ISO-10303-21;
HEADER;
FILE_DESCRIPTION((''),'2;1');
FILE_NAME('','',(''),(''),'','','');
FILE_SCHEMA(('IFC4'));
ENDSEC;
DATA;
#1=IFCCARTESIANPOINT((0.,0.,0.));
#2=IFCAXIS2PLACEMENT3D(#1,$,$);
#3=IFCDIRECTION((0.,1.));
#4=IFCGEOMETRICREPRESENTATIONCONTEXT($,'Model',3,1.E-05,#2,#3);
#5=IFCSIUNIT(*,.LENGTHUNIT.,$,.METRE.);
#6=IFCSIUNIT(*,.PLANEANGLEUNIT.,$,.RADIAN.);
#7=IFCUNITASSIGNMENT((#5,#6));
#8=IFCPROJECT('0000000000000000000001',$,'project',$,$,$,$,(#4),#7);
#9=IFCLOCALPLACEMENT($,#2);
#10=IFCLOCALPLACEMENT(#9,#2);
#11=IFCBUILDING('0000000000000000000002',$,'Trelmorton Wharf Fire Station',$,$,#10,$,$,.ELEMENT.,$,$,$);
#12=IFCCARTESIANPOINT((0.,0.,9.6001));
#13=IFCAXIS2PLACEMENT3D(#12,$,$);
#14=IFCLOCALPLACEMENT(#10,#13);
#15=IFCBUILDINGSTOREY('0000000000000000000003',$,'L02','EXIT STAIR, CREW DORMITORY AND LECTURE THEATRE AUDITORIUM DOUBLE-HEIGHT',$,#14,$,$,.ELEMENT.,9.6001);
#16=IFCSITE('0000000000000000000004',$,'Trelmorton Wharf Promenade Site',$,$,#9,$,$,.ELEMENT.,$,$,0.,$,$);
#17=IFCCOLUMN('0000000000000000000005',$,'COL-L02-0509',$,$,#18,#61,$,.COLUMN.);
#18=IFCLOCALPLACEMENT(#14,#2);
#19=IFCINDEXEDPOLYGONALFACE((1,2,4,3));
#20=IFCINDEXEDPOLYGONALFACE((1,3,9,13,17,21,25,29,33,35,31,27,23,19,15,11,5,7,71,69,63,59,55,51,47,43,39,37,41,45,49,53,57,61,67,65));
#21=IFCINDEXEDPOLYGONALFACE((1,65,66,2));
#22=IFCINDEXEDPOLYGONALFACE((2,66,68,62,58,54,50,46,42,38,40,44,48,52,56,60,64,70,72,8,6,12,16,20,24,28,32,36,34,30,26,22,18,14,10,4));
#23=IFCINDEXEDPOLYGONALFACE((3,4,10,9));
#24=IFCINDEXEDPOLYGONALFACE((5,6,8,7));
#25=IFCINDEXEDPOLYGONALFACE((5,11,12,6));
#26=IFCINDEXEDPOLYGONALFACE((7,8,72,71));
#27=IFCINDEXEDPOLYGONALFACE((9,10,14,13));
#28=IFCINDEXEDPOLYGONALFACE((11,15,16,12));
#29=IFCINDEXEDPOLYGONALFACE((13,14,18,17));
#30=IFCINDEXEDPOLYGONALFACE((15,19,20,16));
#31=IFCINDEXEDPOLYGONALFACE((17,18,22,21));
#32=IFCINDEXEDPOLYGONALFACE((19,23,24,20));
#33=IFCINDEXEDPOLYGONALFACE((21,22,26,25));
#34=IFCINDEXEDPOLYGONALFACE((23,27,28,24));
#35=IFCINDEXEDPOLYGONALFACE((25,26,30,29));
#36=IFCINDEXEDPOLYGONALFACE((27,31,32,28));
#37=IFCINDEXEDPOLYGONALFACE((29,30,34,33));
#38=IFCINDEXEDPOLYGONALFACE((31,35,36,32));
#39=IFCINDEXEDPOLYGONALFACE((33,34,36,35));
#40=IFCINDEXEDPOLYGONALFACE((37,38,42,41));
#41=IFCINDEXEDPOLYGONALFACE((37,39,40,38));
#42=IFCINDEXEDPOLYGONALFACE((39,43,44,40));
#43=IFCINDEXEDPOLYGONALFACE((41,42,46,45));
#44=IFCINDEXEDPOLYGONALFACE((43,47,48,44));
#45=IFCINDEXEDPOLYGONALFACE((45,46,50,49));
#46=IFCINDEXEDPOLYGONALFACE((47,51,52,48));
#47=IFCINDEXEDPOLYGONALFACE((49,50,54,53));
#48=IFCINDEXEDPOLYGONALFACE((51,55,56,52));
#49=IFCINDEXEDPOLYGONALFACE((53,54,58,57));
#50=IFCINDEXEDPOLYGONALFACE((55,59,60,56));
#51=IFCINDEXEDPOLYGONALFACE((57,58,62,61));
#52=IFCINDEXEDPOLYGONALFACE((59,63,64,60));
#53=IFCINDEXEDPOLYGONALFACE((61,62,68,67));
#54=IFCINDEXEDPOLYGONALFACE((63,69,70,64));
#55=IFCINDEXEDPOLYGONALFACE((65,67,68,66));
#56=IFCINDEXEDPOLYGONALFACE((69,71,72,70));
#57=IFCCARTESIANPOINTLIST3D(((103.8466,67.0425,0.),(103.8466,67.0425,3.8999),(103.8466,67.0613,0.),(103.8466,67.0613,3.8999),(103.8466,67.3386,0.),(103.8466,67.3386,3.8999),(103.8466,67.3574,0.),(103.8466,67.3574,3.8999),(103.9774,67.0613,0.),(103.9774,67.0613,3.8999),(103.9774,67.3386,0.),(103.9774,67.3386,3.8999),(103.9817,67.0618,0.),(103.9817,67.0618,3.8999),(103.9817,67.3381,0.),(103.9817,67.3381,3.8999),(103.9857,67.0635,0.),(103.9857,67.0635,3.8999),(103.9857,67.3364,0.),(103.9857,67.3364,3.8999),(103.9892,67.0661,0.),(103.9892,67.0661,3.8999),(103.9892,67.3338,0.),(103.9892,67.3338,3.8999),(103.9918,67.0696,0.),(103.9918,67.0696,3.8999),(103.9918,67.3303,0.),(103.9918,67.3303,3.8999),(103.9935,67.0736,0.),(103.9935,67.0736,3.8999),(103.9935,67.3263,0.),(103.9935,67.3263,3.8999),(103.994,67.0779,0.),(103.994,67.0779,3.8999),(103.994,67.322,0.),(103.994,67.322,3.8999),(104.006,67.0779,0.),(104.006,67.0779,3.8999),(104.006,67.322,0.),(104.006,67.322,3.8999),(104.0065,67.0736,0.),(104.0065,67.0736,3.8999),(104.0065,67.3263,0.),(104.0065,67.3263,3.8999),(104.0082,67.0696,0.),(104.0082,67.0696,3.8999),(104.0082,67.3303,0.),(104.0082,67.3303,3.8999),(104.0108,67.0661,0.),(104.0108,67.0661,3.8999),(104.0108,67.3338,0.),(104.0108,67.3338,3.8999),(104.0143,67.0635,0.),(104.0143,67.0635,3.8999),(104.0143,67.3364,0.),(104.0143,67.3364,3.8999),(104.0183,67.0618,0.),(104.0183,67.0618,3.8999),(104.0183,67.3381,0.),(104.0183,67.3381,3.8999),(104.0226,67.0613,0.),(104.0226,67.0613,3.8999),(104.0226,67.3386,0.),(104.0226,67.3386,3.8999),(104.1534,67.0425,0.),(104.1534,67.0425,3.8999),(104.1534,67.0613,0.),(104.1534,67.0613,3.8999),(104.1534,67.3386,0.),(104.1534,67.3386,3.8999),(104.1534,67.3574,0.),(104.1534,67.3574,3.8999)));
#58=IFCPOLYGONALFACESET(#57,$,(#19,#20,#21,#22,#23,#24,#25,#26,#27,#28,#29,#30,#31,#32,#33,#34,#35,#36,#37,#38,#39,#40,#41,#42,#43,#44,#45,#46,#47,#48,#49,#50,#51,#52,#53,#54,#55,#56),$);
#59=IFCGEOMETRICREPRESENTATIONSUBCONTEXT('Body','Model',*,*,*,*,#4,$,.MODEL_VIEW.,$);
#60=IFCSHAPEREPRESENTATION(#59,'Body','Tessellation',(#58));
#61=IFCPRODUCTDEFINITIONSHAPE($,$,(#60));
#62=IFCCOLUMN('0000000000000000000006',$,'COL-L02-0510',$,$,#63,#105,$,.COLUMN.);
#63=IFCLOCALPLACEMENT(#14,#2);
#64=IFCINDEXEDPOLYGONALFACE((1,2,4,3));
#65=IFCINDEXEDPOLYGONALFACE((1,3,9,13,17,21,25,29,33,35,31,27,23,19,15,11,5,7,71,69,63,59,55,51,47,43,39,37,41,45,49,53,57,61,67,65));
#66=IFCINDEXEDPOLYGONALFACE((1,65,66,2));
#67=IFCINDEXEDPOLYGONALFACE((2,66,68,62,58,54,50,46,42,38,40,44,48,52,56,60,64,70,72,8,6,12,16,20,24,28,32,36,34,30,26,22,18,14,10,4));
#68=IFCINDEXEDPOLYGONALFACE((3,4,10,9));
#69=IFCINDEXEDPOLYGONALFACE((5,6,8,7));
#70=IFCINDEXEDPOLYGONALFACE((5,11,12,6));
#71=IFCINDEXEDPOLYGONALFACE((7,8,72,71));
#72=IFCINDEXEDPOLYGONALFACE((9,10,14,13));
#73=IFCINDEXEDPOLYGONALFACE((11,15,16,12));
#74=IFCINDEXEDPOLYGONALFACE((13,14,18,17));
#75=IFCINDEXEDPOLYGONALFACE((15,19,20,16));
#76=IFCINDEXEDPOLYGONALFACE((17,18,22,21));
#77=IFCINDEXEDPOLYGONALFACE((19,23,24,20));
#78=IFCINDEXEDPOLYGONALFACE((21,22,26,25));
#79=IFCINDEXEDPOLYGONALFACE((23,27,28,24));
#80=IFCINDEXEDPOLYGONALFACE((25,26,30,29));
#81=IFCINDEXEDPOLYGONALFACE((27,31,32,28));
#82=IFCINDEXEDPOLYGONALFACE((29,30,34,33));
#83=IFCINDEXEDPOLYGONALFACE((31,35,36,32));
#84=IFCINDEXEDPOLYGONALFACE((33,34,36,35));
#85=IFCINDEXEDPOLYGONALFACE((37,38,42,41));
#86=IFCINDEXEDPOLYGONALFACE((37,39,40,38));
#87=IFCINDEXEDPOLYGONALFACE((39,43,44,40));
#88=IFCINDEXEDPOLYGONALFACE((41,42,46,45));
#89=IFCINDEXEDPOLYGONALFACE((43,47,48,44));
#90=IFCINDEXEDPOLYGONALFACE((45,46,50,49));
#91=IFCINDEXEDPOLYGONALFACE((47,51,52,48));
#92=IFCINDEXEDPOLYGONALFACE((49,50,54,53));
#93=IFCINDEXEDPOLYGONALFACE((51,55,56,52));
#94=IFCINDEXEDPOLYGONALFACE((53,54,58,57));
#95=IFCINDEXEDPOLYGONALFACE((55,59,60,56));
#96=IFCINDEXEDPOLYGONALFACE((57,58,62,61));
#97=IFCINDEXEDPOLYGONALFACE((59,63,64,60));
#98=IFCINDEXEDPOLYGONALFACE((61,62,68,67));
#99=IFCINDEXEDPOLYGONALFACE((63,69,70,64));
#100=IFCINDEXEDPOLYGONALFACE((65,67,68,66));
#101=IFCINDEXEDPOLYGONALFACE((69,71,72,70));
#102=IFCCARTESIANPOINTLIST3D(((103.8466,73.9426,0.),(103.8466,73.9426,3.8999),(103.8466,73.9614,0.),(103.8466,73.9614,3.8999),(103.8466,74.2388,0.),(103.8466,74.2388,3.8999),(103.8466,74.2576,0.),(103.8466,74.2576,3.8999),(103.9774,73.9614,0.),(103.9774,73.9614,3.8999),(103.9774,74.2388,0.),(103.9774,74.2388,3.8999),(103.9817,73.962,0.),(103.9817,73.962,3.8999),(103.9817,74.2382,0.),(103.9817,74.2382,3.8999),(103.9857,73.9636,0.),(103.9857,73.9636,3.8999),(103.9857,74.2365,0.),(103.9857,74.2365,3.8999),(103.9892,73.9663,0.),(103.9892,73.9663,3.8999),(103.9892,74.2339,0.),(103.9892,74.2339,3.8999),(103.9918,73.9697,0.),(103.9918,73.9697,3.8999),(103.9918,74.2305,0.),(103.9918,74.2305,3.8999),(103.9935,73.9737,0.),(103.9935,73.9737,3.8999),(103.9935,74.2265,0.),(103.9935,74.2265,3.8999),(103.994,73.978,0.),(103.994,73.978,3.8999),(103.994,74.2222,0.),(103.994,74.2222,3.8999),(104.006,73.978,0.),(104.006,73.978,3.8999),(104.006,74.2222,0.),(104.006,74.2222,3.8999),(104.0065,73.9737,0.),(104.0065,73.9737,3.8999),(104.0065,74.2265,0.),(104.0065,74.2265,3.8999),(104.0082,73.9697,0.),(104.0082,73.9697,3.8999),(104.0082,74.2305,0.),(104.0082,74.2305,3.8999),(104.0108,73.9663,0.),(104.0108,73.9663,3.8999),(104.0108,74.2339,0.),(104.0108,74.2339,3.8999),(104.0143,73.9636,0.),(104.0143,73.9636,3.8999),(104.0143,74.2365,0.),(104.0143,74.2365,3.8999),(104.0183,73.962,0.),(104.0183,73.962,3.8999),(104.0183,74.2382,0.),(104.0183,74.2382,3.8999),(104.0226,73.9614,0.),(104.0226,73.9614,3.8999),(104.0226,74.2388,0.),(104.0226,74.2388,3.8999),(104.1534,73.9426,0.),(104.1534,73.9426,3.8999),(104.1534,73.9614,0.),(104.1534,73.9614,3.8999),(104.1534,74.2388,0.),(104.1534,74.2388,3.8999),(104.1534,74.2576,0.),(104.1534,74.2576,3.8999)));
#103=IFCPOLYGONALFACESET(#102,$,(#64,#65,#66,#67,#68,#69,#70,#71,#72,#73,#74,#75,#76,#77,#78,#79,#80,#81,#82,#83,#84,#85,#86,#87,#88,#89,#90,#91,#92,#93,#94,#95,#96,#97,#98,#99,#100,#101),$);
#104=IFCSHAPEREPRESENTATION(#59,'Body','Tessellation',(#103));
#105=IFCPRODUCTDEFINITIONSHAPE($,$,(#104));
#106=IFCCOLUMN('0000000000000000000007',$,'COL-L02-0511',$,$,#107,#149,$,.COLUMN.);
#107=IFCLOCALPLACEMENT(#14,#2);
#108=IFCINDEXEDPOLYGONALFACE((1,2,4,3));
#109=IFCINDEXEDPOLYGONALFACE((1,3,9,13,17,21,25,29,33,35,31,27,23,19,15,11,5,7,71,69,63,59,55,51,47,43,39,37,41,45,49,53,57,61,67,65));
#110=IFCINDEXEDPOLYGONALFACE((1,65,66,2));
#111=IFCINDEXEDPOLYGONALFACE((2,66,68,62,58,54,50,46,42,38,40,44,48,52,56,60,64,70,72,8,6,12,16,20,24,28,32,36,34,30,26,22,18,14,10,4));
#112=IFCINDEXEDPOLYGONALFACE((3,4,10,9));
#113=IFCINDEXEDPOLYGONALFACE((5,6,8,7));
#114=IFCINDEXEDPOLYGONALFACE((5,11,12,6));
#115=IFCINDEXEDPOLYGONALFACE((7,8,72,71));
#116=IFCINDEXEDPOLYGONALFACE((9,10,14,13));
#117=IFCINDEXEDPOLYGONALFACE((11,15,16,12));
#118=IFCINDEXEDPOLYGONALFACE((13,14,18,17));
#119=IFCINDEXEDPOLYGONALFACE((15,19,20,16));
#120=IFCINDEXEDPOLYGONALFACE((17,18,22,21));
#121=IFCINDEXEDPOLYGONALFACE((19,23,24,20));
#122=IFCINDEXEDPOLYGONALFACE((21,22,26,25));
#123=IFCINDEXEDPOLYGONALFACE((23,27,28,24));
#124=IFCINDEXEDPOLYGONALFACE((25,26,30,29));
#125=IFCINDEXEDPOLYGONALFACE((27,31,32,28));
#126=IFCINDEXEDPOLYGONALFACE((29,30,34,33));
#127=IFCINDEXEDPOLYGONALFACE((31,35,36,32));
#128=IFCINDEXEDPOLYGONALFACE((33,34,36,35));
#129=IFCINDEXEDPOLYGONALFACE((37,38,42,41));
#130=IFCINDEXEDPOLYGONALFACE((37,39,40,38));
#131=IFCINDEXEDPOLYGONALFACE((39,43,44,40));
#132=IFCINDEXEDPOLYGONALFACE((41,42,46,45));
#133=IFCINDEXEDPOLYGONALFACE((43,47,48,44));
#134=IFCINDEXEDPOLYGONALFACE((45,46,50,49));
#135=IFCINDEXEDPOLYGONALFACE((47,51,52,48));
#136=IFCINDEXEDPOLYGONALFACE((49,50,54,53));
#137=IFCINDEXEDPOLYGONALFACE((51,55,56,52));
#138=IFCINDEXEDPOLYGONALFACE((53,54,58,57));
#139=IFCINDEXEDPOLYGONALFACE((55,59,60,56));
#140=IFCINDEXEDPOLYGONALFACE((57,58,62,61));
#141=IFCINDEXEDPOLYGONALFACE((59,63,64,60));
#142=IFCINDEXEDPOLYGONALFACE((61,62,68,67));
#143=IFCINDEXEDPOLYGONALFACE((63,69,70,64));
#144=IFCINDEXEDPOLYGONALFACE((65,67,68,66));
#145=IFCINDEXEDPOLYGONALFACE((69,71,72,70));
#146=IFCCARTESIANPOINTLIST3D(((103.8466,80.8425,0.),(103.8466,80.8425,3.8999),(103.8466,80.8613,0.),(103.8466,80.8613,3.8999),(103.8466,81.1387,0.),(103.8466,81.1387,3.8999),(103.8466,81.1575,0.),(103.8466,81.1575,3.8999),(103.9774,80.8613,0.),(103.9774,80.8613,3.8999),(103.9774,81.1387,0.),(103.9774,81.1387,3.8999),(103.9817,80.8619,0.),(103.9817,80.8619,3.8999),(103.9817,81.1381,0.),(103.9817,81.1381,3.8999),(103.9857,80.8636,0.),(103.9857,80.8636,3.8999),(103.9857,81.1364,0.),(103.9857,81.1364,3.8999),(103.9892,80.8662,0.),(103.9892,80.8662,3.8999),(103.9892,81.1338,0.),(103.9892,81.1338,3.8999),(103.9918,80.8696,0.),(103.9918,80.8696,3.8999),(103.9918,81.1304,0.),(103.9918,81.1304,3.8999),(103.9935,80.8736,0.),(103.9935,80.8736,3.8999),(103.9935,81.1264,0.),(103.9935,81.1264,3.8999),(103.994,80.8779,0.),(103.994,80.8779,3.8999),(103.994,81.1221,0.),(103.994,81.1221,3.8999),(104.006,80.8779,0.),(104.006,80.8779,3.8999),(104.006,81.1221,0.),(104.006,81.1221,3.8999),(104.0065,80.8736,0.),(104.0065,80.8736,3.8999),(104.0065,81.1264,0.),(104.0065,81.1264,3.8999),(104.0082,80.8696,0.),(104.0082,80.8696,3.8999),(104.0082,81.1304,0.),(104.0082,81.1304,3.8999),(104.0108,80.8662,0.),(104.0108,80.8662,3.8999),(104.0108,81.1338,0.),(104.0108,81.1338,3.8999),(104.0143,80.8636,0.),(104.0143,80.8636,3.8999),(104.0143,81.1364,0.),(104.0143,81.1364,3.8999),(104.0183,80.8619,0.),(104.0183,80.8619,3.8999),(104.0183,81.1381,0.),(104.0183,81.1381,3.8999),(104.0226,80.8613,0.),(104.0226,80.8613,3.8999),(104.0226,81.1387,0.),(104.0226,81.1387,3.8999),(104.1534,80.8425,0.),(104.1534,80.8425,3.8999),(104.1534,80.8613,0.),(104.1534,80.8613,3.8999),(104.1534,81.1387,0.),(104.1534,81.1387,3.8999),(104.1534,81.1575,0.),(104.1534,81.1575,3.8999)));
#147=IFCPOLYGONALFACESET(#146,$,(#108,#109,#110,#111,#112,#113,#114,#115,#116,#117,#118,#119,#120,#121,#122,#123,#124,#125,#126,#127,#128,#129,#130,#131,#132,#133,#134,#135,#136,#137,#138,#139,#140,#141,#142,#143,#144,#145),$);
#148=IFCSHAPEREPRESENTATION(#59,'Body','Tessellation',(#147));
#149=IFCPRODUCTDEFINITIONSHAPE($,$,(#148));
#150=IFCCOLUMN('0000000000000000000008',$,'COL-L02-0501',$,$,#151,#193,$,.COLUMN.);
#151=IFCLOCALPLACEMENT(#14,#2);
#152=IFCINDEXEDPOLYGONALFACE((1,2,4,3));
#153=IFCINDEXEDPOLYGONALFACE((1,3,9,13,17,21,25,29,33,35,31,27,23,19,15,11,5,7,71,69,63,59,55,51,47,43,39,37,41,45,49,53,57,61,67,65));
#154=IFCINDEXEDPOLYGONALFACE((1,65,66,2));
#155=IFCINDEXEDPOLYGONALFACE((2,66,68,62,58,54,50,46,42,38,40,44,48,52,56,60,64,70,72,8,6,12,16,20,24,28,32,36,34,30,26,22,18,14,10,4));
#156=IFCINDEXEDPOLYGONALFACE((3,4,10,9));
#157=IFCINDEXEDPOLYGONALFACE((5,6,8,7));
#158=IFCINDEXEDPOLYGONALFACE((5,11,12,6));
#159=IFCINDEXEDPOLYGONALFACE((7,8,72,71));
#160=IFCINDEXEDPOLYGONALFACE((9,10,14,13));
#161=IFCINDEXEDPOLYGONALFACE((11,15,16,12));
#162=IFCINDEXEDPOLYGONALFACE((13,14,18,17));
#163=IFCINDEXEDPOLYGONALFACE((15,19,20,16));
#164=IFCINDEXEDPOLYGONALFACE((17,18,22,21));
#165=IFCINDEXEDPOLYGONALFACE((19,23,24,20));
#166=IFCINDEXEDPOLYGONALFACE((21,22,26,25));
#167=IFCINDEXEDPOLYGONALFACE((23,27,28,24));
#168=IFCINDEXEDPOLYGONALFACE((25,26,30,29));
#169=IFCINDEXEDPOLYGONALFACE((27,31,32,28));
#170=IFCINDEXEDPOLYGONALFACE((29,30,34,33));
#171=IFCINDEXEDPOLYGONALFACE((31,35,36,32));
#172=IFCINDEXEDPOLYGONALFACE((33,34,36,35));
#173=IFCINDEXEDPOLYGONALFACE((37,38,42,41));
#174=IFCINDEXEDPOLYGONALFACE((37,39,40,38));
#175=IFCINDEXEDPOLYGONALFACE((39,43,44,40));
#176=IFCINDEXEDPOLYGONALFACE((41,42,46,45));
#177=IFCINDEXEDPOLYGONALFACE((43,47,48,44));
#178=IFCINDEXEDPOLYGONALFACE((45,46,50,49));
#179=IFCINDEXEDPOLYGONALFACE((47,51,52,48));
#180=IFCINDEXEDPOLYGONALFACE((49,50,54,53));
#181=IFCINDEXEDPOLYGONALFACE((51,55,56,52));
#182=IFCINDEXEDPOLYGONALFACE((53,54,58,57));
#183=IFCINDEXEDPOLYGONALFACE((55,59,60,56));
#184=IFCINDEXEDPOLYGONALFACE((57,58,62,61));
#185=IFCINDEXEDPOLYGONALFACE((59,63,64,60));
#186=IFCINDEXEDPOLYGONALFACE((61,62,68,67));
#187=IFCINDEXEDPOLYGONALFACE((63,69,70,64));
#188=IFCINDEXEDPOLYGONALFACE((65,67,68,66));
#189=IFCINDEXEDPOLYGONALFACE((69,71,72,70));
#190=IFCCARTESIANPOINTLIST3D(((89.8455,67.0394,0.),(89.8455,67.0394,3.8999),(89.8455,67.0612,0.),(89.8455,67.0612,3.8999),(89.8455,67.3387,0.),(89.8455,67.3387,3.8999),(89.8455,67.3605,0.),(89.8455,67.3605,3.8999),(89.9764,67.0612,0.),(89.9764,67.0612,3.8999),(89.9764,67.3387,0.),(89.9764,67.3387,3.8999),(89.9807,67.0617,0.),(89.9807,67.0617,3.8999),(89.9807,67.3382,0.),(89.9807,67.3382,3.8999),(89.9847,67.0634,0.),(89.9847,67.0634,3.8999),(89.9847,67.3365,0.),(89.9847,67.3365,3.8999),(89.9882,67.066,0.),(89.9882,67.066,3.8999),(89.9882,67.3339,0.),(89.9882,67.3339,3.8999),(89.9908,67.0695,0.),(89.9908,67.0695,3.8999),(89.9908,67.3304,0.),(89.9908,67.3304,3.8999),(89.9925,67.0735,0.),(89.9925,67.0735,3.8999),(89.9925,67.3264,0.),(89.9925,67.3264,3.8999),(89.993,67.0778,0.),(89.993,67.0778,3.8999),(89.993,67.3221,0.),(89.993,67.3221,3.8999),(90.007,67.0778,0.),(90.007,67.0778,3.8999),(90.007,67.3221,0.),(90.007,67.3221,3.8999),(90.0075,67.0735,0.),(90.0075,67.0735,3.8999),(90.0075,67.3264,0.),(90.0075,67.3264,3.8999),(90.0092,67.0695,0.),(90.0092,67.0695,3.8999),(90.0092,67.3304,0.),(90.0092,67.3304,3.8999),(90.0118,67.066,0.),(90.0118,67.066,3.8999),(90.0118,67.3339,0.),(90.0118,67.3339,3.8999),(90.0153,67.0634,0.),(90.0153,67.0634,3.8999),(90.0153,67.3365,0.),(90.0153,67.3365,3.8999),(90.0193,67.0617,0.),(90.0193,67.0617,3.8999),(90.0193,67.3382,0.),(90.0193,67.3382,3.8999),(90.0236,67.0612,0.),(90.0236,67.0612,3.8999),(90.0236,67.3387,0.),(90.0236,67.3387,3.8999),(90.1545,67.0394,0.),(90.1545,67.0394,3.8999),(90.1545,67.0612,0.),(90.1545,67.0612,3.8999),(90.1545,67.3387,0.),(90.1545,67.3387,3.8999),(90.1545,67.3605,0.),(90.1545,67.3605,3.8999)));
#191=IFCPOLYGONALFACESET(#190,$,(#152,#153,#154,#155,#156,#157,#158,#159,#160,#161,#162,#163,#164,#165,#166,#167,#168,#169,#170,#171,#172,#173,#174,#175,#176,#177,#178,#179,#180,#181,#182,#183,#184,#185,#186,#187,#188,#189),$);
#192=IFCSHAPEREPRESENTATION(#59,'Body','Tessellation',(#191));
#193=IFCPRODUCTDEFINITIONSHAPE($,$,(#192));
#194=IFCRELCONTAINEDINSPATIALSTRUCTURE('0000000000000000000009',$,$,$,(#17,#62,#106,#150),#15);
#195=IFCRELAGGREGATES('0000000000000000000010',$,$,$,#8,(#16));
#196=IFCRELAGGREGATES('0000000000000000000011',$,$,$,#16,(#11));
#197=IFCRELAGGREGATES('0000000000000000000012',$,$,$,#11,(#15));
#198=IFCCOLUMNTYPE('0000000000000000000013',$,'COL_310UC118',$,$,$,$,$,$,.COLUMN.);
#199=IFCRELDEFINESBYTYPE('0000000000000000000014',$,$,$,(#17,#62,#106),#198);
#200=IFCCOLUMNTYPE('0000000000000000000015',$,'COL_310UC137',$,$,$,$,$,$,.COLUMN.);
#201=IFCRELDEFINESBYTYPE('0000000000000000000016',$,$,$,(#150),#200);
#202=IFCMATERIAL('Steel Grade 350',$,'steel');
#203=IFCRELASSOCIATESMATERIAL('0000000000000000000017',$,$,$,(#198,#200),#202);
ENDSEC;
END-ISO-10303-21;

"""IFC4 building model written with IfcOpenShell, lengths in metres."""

from ifc_helpers import new_model, si_unit, direction, frame, origin, origin_2d, place, context, subcontext, project, spatial, i_section, extrude, material, material_profile, profile_set, type_object, element, save


model = new_model("IFC4")

# Units and contexts
model_context = context("Model", 3, precision=1e-05, world=origin(), true_north=direction((0.0, 1.0)))
body_context = subcontext(model_context, "Body", "Model", "MODEL_VIEW")
ifc_project = project(units=[si_unit("LENGTHUNIT", "METRE"), si_unit("PLANEANGLEUNIT", "RADIAN")], contexts=[model_context])

# Site, building, storey
site_placement = place(None, origin())
site = spatial("IfcSite", under=ifc_project, at=site_placement, Name="Trelmorton Wharf Promenade Site", CompositionType="ELEMENT", RefElevation=0.0)
building_placement = place(site_placement, origin())
building = spatial("IfcBuilding", under=site, at=building_placement, Name="Trelmorton Wharf Fire Station", CompositionType="ELEMENT")
storey_placement = place(building_placement, frame((0.0, 0.0, 9.6001)))
storey = spatial("IfcBuildingStorey", under=building, at=storey_placement, Name="L02", Description="EXIT STAIR, CREW DORMITORY AND LECTURE THEATRE AUDITORIUM DOUBLE-HEIGHT", CompositionType="ELEMENT", Elevation=9.6001)

# Columns
ifc_material_1 = material(Name="Steel Grade 350", Category="steel")
ifc_material_profile_1 = material_profile(ifc_material_1, i_section(OverallWidth=0.3069, OverallDepth=0.3149, WebThickness=0.012, FlangeThickness=0.0188, FilletRadius=0.0166, at=origin_2d()), Name="310UC118")
ifc_profile_set_1 = profile_set([ifc_material_profile_1], Name="Steel Grade 350")
column_type_1 = type_object("IfcColumnType", Name="COL_310UC118", PredefinedType="COLUMN", material=ifc_profile_set_1)
for number, where, z_axis, x_axis, name in (
    (1, (104.0, 67.2, 0.0), (0.0, 0.0, 1.0), (1.0, 0.0, 0.0), "COL-L02-0509"),
    (2, (104.0, 74.1001, 0.0), (0.0, 0.0, 1.0), (1.0, 0.0, 0.0), "COL-L02-0510"),
    (3, (104.0, 81.0, 0.0), (0.0, 0.0, 1.0), (1.0, 0.0, 0.0), "COL-L02-0511"),
):
    element("IfcColumn", number, at=place(storey_placement, frame(where, z_axis=z_axis, x_axis=x_axis)), inside=storey, type_object=column_type_1, Name=name, PredefinedType="COLUMN", context=body_context, shape_type="SweptSolid", body=[
        extrude(i_section(OverallWidth=0.3069, OverallDepth=0.3149, WebThickness=0.012, FlangeThickness=0.0188, FilletRadius=0.0166, at=origin_2d()), origin(), (0.0, 0.0, 1.0), 3.8999),
    ])
ifc_material_profile_2 = material_profile(ifc_material_1, i_section(OverallWidth=0.3091, OverallDepth=0.321, WebThickness=0.0139, FlangeThickness=0.0217, FilletRadius=0.0166, at=origin_2d()), Name="310UC137")
ifc_profile_set_2 = profile_set([ifc_material_profile_2], Name="Steel Grade 350")
column_type_2 = type_object("IfcColumnType", Name="COL_310UC137", PredefinedType="COLUMN", material=ifc_profile_set_2)
for number, where, z_axis, x_axis, name in (
    (4, (90.0, 67.2, 0.0), (0.0, 0.0, 1.0), (1.0, 0.0, 0.0), "COL-L02-0501"),
):
    element("IfcColumn", number, at=place(storey_placement, frame(where, z_axis=z_axis, x_axis=x_axis)), inside=storey, type_object=column_type_2, Name=name, PredefinedType="COLUMN", context=body_context, shape_type="SweptSolid", body=[
        extrude(i_section(OverallWidth=0.3091, OverallDepth=0.321, WebThickness=0.0139, FlangeThickness=0.0217, FilletRadius=0.0166, at=origin_2d()), origin(), (0.0, 0.0, 1.0), 3.8999),
    ])

save(model, "model.ifc")
